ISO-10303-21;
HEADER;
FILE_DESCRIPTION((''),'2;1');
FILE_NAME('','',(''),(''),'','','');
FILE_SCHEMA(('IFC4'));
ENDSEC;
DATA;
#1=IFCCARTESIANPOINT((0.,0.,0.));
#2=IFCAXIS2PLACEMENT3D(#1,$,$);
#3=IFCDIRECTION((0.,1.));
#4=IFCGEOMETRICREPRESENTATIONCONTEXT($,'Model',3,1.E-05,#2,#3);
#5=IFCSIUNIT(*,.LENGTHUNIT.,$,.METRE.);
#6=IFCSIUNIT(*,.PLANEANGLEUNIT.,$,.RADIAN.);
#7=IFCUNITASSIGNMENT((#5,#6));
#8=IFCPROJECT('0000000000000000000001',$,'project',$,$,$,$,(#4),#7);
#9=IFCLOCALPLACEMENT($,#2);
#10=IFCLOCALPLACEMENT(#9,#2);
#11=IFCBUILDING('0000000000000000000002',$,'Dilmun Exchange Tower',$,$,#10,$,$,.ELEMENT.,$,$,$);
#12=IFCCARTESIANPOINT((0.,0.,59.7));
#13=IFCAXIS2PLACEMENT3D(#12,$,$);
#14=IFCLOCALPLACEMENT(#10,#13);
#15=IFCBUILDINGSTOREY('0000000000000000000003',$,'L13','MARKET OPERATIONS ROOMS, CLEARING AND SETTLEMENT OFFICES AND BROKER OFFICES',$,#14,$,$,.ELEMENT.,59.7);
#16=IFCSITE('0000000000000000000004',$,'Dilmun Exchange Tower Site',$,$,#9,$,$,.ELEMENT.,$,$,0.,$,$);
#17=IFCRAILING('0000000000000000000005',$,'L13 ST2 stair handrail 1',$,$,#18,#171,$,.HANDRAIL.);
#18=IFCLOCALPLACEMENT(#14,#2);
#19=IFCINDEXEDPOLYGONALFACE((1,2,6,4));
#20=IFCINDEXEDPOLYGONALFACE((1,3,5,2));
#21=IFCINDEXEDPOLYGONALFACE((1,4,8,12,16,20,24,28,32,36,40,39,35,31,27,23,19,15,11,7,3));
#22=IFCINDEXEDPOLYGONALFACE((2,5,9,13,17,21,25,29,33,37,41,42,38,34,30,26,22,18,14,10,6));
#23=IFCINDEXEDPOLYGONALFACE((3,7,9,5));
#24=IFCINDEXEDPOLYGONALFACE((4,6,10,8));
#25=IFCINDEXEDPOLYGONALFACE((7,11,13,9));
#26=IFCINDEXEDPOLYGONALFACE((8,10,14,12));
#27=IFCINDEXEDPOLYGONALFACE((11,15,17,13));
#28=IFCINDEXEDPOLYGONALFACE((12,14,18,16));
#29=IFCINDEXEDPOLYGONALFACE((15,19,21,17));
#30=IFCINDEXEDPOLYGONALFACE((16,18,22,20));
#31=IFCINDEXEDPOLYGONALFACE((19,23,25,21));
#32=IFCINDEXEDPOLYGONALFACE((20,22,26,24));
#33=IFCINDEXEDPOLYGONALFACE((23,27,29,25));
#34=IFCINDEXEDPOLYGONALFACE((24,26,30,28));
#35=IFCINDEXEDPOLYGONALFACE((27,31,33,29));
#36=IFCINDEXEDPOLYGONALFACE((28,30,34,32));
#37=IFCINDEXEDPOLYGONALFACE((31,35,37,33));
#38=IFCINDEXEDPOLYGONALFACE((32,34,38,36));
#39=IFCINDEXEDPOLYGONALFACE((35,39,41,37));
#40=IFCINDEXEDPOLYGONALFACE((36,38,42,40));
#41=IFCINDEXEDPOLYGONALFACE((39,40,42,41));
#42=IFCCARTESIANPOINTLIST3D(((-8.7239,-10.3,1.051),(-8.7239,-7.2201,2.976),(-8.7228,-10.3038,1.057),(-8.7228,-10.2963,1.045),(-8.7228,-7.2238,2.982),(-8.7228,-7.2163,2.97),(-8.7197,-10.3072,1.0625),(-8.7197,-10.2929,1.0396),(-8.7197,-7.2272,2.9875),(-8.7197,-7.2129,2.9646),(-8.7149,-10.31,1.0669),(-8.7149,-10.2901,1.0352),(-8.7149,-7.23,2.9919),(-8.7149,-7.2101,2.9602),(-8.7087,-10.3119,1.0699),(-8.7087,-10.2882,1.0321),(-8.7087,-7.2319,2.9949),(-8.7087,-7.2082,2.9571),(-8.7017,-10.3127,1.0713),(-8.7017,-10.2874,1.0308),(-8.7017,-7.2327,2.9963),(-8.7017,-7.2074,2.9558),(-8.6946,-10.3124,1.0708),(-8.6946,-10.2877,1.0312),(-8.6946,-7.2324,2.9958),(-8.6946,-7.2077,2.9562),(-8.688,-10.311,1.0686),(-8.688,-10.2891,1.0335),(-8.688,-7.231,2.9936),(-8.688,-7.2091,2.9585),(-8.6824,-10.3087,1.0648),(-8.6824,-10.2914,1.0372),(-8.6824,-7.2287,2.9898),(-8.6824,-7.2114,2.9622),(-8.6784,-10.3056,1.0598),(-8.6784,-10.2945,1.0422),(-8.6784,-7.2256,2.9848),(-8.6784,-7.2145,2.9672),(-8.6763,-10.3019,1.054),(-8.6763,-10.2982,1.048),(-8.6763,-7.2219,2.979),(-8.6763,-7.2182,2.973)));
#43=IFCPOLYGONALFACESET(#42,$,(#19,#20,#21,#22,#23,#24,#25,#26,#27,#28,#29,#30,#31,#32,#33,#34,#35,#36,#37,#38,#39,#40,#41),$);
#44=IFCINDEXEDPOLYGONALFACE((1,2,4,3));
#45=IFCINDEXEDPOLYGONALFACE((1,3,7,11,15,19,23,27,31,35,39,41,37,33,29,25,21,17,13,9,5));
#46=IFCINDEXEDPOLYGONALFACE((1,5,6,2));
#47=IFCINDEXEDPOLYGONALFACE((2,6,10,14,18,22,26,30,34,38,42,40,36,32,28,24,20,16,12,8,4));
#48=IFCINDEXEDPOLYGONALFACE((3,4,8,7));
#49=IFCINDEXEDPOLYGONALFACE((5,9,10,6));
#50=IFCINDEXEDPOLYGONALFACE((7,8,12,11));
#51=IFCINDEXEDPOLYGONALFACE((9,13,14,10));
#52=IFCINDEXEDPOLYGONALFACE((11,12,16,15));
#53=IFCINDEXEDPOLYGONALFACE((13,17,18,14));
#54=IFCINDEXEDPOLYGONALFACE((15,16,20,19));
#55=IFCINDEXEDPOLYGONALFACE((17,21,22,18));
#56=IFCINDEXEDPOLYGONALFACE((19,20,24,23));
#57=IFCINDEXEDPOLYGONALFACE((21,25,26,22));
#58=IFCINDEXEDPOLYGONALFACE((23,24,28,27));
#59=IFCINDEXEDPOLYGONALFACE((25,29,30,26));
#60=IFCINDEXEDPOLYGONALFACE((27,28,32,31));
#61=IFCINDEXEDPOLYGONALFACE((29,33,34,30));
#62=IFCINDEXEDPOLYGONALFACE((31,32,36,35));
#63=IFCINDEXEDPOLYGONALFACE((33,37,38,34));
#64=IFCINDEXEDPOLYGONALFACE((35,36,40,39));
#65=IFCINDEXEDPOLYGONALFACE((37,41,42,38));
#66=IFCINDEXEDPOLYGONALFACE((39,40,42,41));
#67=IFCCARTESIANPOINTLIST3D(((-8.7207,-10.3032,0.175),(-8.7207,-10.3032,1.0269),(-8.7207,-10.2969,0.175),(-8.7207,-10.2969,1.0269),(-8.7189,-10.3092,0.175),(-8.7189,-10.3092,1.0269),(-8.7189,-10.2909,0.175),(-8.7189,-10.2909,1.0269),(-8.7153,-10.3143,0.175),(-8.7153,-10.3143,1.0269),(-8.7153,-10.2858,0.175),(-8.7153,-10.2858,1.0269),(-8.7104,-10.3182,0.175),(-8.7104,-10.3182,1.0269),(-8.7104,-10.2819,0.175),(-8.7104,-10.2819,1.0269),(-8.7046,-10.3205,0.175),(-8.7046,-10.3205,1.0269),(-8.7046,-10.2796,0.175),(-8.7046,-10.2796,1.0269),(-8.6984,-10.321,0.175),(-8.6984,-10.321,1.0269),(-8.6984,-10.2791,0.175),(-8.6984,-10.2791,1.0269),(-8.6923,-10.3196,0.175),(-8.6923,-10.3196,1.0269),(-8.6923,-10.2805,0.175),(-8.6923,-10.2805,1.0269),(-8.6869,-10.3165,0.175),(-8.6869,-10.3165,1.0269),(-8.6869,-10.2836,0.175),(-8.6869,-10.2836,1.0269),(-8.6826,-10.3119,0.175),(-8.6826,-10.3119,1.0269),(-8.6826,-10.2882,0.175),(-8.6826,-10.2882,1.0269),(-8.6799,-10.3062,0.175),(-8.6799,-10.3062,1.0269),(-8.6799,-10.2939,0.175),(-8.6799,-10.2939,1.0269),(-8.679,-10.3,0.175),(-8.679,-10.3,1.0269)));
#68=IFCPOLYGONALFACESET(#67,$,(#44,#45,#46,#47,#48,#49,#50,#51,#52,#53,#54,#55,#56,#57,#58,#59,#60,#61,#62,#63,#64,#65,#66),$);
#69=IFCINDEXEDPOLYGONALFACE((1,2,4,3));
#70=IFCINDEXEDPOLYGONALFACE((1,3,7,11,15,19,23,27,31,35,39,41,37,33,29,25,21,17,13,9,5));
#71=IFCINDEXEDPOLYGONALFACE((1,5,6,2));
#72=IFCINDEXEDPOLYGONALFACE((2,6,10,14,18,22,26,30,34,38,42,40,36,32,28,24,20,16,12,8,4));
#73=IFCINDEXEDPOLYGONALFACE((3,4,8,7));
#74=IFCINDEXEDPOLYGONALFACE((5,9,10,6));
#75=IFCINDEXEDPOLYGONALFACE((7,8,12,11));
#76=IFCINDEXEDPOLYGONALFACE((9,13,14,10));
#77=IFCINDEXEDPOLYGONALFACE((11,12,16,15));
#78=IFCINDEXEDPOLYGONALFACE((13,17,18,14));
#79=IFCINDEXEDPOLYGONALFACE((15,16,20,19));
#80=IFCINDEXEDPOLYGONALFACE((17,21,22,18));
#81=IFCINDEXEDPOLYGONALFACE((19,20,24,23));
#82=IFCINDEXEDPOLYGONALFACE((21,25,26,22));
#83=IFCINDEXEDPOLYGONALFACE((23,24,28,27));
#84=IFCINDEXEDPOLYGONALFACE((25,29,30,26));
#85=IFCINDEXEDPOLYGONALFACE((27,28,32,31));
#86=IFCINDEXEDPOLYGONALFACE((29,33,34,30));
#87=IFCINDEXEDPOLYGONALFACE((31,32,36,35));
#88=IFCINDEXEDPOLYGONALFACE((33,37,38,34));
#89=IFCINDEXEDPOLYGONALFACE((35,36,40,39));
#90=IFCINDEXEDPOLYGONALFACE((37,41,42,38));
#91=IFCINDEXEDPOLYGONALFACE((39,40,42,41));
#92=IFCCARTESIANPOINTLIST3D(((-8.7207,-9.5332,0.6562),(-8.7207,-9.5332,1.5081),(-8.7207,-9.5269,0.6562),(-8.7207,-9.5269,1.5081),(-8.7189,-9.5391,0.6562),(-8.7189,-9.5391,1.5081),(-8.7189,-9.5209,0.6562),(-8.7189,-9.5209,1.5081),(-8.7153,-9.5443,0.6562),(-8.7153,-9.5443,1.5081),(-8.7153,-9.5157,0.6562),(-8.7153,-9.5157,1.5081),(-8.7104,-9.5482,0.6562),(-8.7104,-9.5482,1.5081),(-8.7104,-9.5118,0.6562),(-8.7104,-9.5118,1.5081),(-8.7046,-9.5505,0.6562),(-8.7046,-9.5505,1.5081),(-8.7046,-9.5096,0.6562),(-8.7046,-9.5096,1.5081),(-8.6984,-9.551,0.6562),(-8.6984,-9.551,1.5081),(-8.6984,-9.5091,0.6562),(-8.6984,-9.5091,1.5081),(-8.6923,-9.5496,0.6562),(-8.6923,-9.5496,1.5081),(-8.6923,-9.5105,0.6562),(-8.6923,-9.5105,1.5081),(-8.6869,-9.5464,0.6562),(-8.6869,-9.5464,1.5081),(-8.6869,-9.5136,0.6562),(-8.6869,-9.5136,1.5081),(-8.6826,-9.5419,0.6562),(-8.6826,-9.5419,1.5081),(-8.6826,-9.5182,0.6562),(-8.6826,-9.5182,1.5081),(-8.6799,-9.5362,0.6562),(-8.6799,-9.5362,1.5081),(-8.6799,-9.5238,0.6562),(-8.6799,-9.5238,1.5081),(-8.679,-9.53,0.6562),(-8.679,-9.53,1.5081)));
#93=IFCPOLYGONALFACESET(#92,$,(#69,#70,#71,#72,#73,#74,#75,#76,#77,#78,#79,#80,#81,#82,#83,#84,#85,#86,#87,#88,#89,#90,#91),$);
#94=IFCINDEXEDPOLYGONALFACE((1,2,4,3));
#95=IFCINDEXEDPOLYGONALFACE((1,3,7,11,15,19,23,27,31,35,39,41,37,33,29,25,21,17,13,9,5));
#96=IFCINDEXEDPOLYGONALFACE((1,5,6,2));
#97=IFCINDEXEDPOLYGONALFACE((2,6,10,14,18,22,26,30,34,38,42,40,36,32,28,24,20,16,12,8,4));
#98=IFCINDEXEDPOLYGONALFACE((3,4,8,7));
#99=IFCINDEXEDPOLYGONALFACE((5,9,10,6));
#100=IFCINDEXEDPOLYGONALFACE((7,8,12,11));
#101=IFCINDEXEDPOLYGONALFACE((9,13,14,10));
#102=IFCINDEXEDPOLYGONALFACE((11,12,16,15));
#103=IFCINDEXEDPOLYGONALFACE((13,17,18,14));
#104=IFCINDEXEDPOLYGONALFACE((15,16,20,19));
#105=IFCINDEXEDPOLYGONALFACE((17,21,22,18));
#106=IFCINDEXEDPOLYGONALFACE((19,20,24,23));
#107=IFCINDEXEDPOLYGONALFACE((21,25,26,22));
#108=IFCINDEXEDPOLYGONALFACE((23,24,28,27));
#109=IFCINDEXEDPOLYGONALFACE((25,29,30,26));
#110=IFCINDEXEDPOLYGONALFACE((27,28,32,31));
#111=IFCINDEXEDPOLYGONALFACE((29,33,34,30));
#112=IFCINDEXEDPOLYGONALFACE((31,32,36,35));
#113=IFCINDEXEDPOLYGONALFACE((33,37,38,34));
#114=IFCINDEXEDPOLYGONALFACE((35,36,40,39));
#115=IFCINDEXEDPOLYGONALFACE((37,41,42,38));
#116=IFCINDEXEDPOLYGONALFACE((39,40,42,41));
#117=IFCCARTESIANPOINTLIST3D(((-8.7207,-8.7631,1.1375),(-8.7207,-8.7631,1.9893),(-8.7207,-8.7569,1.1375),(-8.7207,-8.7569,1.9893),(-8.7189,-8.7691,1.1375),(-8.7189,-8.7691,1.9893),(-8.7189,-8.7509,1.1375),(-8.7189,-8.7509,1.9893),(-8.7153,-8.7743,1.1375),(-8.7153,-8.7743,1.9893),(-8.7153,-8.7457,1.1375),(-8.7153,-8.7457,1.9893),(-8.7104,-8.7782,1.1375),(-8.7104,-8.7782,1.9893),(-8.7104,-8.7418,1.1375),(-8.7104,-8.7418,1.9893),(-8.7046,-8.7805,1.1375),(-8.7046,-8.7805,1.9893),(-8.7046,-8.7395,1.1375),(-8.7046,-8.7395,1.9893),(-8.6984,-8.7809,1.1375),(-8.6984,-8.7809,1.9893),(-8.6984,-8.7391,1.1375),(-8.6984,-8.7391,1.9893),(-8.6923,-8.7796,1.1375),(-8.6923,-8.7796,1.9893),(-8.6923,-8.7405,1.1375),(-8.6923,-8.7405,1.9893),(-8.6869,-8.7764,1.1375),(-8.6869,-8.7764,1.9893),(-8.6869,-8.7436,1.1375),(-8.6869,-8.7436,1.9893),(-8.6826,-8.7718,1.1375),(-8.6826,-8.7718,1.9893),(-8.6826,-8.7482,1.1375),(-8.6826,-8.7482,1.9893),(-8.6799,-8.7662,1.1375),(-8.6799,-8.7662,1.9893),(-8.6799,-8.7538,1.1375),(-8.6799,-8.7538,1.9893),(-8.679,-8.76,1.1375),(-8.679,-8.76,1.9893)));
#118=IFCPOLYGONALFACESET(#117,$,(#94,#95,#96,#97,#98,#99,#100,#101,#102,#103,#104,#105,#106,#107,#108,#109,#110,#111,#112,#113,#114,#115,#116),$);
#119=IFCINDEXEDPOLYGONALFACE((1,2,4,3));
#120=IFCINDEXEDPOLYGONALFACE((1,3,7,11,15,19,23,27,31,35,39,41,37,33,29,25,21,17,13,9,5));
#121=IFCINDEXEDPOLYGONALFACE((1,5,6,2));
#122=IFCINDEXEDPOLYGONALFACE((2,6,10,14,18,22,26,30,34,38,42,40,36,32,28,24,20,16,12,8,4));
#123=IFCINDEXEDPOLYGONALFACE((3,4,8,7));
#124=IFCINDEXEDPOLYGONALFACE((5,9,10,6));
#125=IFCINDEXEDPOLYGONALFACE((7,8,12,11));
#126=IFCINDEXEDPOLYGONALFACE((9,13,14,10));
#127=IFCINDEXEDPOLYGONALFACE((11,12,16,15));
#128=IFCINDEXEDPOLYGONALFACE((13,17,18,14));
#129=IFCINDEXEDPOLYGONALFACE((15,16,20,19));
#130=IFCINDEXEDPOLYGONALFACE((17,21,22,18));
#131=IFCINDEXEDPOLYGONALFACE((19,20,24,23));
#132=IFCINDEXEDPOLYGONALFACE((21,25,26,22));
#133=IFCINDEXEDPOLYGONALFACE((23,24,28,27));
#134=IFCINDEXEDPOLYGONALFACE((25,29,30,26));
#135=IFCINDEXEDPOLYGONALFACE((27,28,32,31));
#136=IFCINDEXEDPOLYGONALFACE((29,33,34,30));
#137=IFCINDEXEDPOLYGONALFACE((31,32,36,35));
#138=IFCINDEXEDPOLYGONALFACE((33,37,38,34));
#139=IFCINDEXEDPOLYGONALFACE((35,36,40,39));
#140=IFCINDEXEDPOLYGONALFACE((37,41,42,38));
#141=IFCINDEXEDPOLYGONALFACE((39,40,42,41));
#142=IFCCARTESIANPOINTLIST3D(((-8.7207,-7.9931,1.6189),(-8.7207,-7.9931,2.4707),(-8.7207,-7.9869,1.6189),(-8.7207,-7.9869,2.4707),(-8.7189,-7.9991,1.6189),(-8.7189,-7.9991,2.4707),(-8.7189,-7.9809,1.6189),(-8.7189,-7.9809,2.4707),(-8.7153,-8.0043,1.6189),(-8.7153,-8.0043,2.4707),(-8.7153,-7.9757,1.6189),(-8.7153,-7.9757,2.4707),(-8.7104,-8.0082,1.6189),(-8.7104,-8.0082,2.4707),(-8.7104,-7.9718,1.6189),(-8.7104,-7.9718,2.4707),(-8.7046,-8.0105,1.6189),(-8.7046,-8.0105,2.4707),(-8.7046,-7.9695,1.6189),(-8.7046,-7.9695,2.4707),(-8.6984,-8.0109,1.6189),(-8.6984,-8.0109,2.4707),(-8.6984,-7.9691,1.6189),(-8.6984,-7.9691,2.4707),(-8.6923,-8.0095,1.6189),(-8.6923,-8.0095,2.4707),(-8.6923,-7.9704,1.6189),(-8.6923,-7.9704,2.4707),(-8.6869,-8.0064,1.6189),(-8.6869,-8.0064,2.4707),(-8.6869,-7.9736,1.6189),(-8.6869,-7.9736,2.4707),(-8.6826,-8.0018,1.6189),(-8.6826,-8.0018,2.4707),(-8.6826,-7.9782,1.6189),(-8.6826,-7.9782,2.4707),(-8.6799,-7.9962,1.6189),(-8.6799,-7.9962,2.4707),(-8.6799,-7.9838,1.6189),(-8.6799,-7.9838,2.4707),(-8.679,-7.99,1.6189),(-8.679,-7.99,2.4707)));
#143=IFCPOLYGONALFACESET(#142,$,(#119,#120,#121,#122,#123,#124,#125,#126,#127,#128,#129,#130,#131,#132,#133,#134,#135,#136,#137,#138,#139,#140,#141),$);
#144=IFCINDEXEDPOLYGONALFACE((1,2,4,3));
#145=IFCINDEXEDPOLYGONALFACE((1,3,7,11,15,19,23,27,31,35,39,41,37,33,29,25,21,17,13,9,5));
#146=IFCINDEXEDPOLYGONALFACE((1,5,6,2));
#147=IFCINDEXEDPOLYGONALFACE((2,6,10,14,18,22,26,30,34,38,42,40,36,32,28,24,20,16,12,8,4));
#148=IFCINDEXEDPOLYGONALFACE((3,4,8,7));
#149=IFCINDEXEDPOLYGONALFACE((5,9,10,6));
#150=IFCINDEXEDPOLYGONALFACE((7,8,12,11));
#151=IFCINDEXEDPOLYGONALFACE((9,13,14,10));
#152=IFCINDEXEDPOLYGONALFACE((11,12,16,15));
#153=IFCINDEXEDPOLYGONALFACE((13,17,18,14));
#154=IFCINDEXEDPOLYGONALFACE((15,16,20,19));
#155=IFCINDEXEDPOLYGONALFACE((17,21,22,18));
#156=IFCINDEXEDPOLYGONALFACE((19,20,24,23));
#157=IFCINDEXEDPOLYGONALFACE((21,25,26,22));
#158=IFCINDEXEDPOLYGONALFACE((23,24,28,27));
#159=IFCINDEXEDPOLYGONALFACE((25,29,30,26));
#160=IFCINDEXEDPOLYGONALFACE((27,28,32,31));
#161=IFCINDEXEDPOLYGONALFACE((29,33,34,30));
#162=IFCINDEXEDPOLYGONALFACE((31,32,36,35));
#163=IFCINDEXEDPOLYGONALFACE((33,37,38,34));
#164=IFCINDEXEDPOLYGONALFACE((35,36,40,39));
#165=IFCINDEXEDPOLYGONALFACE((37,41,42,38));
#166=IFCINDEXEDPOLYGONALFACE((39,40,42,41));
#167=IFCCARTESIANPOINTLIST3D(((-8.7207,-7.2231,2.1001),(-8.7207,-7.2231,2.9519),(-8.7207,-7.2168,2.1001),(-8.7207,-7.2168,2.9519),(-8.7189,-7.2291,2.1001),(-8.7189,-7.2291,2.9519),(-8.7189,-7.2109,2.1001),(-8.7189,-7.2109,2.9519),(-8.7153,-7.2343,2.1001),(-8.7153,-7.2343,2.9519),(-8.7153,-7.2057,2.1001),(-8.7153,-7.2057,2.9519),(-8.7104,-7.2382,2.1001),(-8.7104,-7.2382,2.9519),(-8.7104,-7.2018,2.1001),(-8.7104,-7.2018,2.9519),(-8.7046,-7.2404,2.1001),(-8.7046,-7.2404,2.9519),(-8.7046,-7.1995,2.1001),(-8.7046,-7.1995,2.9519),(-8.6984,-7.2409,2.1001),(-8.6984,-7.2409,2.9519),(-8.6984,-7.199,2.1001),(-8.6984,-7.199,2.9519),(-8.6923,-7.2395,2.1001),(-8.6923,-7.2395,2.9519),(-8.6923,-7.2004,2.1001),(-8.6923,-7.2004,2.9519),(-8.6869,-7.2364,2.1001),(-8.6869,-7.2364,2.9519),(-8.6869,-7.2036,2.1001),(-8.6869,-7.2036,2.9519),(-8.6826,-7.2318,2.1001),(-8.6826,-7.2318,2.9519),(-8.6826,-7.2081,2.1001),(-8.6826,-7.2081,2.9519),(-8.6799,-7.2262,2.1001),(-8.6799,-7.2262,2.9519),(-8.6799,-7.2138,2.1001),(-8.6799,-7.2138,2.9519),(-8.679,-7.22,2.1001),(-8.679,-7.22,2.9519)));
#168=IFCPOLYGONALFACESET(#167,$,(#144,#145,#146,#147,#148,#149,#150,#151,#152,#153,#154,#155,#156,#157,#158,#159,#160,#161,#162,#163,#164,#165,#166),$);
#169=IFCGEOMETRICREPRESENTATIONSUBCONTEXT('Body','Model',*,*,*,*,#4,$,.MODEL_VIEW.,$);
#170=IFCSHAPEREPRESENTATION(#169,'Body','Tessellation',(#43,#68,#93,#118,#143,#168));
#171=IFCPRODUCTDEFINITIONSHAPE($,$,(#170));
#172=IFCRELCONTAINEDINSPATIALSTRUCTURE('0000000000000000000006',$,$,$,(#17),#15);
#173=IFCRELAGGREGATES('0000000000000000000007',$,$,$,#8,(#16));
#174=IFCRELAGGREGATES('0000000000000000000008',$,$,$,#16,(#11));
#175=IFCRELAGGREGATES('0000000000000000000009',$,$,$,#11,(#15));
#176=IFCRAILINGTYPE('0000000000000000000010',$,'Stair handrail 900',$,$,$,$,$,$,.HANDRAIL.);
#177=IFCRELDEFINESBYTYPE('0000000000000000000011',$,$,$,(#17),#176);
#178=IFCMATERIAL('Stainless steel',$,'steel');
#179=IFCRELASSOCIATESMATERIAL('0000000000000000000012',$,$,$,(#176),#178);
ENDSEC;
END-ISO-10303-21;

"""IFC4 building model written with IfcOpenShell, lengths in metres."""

from ifc_helpers import new_model, si_unit, direction, frame, origin, origin_2d, place, context, subcontext, project, spatial, circle, extrude, material, type_object, element, save


model = new_model("IFC4")

# Units and contexts
model_context = context("Model", 3, precision=1e-05, world=origin(), true_north=direction((0.0, 1.0)))
body_context = subcontext(model_context, "Body", "Model", "MODEL_VIEW")
ifc_project = project(units=[si_unit("LENGTHUNIT", "METRE"), si_unit("PLANEANGLEUNIT", "RADIAN")], contexts=[model_context])

# Site, building, storey
site_placement = place(None, origin())
site = spatial("IfcSite", under=ifc_project, at=site_placement, Name="Dilmun Exchange Tower Site", CompositionType="ELEMENT", RefElevation=0.0)
building_placement = place(site_placement, origin())
building = spatial("IfcBuilding", under=site, at=building_placement, Name="Dilmun Exchange Tower", CompositionType="ELEMENT")
storey_placement = place(building_placement, frame((0.0, 0.0, 59.7)))
storey = spatial("IfcBuildingStorey", under=building, at=storey_placement, Name="L13", Description="MARKET OPERATIONS ROOMS, CLEARING AND SETTLEMENT OFFICES AND BROKER OFFICES", CompositionType="ELEMENT", Elevation=59.7)

# Railing
ifc_material_1 = material(Name="Stainless steel", Category="steel")
railing_type = type_object("IfcRailingType", Name="Stair handrail 900", PredefinedType="HANDRAIL", material=ifc_material_1)
railing_1_placement = place(storey_placement, frame((-8.7, -10.3, 0.175)))
element("IfcRailing", 1, at=railing_1_placement, inside=storey, type_object=railing_type, Name="L13 ST2 stair handrail 1", PredefinedType="HANDRAIL", context=body_context, shape_type="SweptSolid", body=[
    extrude(circle(Radius=0.0239, at=origin_2d()), frame((0.0, 0.0, 0.876), z_axis=(0.0, 0.847998, 0.529999), x_axis=(-1.0, 0.0, 0.0)), (0.0, 0.0, 1.0), 3.6321),
    extrude(circle(Radius=0.021, at=origin_2d()), origin(), (0.0, 0.0, 1.0), 0.8518),
    extrude(circle(Radius=0.021, at=origin_2d()), frame((0.0, 0.77, 0.4812)), (0.0, 0.0, 1.0), 0.8518),
    extrude(circle(Radius=0.021, at=origin_2d()), frame((0.0, 1.54, 0.9624)), (0.0, 0.0, 1.0), 0.8518),
    extrude(circle(Radius=0.021, at=origin_2d()), frame((0.0, 2.3101, 1.4438)), (0.0, 0.0, 1.0), 0.8518),
    extrude(circle(Radius=0.021, at=origin_2d()), frame((0.0, 3.0801, 1.925)), (0.0, 0.0, 1.0), 0.8518),
])

save(model, "model.ifc")
